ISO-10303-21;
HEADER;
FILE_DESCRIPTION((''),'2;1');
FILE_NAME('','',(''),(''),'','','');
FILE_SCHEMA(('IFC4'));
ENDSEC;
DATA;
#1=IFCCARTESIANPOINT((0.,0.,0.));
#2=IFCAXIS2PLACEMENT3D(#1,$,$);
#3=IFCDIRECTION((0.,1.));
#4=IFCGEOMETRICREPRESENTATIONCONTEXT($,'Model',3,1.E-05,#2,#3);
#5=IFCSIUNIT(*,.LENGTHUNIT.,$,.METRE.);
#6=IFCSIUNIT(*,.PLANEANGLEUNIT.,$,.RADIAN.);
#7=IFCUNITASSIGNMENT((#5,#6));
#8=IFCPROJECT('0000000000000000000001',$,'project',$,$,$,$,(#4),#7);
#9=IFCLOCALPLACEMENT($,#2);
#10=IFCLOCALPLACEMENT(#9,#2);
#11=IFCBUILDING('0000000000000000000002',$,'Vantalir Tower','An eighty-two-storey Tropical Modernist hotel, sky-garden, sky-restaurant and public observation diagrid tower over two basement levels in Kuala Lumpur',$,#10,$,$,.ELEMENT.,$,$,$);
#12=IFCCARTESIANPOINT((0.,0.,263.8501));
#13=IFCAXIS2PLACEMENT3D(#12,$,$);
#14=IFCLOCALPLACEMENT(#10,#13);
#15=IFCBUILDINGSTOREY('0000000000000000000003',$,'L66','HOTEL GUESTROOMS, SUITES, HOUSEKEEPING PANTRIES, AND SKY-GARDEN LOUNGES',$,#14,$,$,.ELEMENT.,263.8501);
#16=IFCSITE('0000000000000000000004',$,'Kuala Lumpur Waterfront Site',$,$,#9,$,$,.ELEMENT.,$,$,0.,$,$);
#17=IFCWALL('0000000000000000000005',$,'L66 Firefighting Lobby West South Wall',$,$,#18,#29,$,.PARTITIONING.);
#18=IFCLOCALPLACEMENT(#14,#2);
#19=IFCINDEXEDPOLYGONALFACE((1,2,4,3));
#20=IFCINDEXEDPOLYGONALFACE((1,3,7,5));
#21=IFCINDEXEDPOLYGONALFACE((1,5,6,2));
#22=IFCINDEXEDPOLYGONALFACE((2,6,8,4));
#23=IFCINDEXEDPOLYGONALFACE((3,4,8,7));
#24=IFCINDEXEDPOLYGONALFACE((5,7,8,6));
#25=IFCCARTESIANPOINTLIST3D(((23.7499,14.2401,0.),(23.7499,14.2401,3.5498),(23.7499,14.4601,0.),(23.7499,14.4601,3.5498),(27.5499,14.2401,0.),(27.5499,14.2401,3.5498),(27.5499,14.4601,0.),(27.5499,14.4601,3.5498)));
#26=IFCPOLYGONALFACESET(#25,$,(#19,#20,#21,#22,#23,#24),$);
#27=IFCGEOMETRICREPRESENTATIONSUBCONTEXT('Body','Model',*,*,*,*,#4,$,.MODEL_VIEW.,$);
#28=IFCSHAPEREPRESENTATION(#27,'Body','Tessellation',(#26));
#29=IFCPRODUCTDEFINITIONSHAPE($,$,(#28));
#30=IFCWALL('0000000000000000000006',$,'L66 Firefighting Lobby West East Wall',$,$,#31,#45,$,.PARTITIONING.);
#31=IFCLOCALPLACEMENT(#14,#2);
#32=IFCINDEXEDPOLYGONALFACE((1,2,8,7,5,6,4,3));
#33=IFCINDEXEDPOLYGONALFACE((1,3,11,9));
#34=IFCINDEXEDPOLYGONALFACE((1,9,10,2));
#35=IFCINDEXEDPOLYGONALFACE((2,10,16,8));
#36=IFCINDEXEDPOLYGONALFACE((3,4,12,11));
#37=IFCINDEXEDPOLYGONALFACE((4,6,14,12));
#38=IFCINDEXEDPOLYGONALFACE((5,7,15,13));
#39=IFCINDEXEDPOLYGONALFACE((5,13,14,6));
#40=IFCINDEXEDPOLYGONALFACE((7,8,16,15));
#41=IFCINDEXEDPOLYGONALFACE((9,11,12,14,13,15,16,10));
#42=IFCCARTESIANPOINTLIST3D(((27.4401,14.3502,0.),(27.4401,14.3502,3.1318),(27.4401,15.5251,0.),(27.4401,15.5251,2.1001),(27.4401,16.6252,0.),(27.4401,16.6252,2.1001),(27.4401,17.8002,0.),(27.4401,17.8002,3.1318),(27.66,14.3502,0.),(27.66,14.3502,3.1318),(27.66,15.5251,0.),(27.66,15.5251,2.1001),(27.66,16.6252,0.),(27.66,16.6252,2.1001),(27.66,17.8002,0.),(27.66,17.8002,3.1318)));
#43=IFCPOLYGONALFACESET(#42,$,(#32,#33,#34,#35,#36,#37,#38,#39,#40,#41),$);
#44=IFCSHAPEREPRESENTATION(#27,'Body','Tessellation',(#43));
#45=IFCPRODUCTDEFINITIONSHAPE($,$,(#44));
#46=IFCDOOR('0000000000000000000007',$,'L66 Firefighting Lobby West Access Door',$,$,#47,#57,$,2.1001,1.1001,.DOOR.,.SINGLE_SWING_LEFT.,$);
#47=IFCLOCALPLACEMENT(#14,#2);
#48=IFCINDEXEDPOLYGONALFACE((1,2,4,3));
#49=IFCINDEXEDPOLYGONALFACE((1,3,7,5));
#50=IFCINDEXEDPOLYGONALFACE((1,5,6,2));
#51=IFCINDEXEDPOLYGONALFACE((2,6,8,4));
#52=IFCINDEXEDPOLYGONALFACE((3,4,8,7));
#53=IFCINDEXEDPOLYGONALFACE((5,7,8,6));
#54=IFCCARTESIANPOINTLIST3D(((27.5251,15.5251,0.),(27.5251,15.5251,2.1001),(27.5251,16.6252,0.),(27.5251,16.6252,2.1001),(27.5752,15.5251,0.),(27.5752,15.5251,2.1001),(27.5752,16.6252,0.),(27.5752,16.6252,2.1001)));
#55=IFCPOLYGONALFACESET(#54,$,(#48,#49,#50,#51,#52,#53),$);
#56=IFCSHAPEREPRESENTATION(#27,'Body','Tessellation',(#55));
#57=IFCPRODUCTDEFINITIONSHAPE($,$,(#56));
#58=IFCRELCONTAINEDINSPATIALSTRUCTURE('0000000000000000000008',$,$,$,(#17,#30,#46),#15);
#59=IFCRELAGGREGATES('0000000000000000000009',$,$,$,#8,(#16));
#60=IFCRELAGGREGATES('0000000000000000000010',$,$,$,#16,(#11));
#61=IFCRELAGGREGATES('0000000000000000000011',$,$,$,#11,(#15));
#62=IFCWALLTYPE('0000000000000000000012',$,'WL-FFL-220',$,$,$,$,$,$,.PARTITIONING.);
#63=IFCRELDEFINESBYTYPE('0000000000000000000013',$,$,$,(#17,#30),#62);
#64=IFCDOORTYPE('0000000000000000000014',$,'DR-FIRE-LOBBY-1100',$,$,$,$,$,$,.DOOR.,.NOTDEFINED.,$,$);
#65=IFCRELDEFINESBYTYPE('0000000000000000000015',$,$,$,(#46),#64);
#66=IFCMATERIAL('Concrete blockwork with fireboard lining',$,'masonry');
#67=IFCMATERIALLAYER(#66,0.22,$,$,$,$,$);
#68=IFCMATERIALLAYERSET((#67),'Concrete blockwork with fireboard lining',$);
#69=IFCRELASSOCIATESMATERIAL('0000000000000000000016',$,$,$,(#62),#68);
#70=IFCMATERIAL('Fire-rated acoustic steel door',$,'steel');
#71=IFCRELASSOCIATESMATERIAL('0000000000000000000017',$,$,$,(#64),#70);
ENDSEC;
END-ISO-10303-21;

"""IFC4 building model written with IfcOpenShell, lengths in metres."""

from ifc_helpers import new_model, si_unit, direction, frame, frame_2d, origin, place, context, subcontext, project, spatial, rectangle, extrude, material, layer, layer_set, type_object, element, fill, save


model = new_model("IFC4")

# Units and contexts
model_context = context("Model", 3, precision=1e-05, world=origin(), true_north=direction((0.0, 1.0)))
body_context = subcontext(model_context, "Body", "Model", "MODEL_VIEW")
ifc_project = project(units=[si_unit("LENGTHUNIT", "METRE"), si_unit("PLANEANGLEUNIT", "RADIAN")], contexts=[model_context])

# Site, building, storey
site_placement = place(None, origin())
site = spatial("IfcSite", under=ifc_project, at=site_placement, Name="Kuala Lumpur Waterfront Site", CompositionType="ELEMENT", RefElevation=0.0)
building_placement = place(site_placement, origin())
building = spatial("IfcBuilding", under=site, at=building_placement, Name="Vantalir Tower", Description="An eighty-two-storey Tropical Modernist hotel, sky-garden, sky-restaurant and public observation diagrid tower over two basement levels in Kuala Lumpur", CompositionType="ELEMENT")
storey_placement = place(building_placement, frame((0.0, 0.0, 263.8501)))
storey = spatial("IfcBuildingStorey", under=building, at=storey_placement, Name="L66", Description="HOTEL GUESTROOMS, SUITES, HOUSEKEEPING PANTRIES, AND SKY-GARDEN LOUNGES", CompositionType="ELEMENT", Elevation=263.8501)

# Wall
ifc_material_1 = material(Name="Concrete blockwork with fireboard lining", Category="masonry")
ifc_layer_1 = layer(ifc_material_1, 0.22)
ifc_layer_set_1 = layer_set([ifc_layer_1], Name="Concrete blockwork with fireboard lining")
wall_type_1 = type_object("IfcWallType", Name="WL-FFL-220", PredefinedType="PARTITIONING", material=ifc_layer_set_1)
wall_1_placement = place(storey_placement, frame((23.75, 14.3501, 0.0), z_axis=(0.0, 0.0, 1.0), x_axis=(1.0, 0.0, 0.0)))
element("IfcWall", 1, at=wall_1_placement, inside=storey, type_object=wall_type_1, Name="L66 Firefighting Lobby West South Wall", PredefinedType="PARTITIONING", context=body_context, shape_type="SweptSolid", body=[
    extrude(rectangle(XDim=3.8, YDim=0.22, at=frame_2d((1.8999, 0.0))), origin(), (0.0, 0.0, 1.0), 3.5498),
])

# Wall, opening, door
wall_2_placement = place(storey_placement, frame((27.55, 14.3501, 0.0), z_axis=(0.0, 0.0, 1.0), x_axis=(0.0, 1.0, 0.0)))
wall_2 = element("IfcWall", 2, at=wall_2_placement, inside=storey, type_object=wall_type_1, Name="L66 Firefighting Lobby West East Wall", PredefinedType="PARTITIONING", context=body_context, shape_type="SweptSolid", body=[
    extrude(rectangle(XDim=3.45, YDim=0.22, at=frame_2d((1.7251, 0.0))), origin(), (0.0, 0.0, 1.0), 3.1318),
])
opening_1_placement = place(wall_2_placement, frame((1.175, 0.0, 0.0)))
opening_1 = element("IfcOpeningElement", 3, at=opening_1_placement, cuts=wall_2, PredefinedType="OPENING", context=body_context, shape_type="SweptSolid", body=[
    extrude(rectangle(XDim=1.1001, YDim=2.1001, at=frame_2d((0.55, 1.05))), frame((0.0, 0.1199, 0.0), z_axis=(0.0, -1.0, 0.0), x_axis=(1.0, 0.0, 0.0)), (0.0, 0.0, 1.0), 0.24),
])
ifc_material_2 = material(Name="Fire-rated acoustic steel door", Category="steel")
door_type_1 = type_object("IfcDoorType", Name="DR-FIRE-LOBBY-1100", OperationType="NOTDEFINED", PredefinedType="DOOR", material=ifc_material_2)
door_1_placement = place(opening_1_placement, origin())
door_1 = element("IfcDoor", 4, at=door_1_placement, inside=storey, type_object=door_type_1, Name="L66 Firefighting Lobby West Access Door", OperationType="SINGLE_SWING_LEFT", OverallHeight=2.1001, OverallWidth=1.1001, PredefinedType="DOOR", context=body_context, shape_type="SweptSolid", body=[
    extrude(rectangle(XDim=1.1001, YDim=2.1001, at=frame_2d((0.55, 1.05))), frame((0.0, 0.0249, 0.0), z_axis=(0.0, -1.0, 0.0), x_axis=(1.0, 0.0, 0.0)), (0.0, 0.0, 1.0), 0.05),
])
fill(opening_1, door_1)

save(model, "model.ifc")
